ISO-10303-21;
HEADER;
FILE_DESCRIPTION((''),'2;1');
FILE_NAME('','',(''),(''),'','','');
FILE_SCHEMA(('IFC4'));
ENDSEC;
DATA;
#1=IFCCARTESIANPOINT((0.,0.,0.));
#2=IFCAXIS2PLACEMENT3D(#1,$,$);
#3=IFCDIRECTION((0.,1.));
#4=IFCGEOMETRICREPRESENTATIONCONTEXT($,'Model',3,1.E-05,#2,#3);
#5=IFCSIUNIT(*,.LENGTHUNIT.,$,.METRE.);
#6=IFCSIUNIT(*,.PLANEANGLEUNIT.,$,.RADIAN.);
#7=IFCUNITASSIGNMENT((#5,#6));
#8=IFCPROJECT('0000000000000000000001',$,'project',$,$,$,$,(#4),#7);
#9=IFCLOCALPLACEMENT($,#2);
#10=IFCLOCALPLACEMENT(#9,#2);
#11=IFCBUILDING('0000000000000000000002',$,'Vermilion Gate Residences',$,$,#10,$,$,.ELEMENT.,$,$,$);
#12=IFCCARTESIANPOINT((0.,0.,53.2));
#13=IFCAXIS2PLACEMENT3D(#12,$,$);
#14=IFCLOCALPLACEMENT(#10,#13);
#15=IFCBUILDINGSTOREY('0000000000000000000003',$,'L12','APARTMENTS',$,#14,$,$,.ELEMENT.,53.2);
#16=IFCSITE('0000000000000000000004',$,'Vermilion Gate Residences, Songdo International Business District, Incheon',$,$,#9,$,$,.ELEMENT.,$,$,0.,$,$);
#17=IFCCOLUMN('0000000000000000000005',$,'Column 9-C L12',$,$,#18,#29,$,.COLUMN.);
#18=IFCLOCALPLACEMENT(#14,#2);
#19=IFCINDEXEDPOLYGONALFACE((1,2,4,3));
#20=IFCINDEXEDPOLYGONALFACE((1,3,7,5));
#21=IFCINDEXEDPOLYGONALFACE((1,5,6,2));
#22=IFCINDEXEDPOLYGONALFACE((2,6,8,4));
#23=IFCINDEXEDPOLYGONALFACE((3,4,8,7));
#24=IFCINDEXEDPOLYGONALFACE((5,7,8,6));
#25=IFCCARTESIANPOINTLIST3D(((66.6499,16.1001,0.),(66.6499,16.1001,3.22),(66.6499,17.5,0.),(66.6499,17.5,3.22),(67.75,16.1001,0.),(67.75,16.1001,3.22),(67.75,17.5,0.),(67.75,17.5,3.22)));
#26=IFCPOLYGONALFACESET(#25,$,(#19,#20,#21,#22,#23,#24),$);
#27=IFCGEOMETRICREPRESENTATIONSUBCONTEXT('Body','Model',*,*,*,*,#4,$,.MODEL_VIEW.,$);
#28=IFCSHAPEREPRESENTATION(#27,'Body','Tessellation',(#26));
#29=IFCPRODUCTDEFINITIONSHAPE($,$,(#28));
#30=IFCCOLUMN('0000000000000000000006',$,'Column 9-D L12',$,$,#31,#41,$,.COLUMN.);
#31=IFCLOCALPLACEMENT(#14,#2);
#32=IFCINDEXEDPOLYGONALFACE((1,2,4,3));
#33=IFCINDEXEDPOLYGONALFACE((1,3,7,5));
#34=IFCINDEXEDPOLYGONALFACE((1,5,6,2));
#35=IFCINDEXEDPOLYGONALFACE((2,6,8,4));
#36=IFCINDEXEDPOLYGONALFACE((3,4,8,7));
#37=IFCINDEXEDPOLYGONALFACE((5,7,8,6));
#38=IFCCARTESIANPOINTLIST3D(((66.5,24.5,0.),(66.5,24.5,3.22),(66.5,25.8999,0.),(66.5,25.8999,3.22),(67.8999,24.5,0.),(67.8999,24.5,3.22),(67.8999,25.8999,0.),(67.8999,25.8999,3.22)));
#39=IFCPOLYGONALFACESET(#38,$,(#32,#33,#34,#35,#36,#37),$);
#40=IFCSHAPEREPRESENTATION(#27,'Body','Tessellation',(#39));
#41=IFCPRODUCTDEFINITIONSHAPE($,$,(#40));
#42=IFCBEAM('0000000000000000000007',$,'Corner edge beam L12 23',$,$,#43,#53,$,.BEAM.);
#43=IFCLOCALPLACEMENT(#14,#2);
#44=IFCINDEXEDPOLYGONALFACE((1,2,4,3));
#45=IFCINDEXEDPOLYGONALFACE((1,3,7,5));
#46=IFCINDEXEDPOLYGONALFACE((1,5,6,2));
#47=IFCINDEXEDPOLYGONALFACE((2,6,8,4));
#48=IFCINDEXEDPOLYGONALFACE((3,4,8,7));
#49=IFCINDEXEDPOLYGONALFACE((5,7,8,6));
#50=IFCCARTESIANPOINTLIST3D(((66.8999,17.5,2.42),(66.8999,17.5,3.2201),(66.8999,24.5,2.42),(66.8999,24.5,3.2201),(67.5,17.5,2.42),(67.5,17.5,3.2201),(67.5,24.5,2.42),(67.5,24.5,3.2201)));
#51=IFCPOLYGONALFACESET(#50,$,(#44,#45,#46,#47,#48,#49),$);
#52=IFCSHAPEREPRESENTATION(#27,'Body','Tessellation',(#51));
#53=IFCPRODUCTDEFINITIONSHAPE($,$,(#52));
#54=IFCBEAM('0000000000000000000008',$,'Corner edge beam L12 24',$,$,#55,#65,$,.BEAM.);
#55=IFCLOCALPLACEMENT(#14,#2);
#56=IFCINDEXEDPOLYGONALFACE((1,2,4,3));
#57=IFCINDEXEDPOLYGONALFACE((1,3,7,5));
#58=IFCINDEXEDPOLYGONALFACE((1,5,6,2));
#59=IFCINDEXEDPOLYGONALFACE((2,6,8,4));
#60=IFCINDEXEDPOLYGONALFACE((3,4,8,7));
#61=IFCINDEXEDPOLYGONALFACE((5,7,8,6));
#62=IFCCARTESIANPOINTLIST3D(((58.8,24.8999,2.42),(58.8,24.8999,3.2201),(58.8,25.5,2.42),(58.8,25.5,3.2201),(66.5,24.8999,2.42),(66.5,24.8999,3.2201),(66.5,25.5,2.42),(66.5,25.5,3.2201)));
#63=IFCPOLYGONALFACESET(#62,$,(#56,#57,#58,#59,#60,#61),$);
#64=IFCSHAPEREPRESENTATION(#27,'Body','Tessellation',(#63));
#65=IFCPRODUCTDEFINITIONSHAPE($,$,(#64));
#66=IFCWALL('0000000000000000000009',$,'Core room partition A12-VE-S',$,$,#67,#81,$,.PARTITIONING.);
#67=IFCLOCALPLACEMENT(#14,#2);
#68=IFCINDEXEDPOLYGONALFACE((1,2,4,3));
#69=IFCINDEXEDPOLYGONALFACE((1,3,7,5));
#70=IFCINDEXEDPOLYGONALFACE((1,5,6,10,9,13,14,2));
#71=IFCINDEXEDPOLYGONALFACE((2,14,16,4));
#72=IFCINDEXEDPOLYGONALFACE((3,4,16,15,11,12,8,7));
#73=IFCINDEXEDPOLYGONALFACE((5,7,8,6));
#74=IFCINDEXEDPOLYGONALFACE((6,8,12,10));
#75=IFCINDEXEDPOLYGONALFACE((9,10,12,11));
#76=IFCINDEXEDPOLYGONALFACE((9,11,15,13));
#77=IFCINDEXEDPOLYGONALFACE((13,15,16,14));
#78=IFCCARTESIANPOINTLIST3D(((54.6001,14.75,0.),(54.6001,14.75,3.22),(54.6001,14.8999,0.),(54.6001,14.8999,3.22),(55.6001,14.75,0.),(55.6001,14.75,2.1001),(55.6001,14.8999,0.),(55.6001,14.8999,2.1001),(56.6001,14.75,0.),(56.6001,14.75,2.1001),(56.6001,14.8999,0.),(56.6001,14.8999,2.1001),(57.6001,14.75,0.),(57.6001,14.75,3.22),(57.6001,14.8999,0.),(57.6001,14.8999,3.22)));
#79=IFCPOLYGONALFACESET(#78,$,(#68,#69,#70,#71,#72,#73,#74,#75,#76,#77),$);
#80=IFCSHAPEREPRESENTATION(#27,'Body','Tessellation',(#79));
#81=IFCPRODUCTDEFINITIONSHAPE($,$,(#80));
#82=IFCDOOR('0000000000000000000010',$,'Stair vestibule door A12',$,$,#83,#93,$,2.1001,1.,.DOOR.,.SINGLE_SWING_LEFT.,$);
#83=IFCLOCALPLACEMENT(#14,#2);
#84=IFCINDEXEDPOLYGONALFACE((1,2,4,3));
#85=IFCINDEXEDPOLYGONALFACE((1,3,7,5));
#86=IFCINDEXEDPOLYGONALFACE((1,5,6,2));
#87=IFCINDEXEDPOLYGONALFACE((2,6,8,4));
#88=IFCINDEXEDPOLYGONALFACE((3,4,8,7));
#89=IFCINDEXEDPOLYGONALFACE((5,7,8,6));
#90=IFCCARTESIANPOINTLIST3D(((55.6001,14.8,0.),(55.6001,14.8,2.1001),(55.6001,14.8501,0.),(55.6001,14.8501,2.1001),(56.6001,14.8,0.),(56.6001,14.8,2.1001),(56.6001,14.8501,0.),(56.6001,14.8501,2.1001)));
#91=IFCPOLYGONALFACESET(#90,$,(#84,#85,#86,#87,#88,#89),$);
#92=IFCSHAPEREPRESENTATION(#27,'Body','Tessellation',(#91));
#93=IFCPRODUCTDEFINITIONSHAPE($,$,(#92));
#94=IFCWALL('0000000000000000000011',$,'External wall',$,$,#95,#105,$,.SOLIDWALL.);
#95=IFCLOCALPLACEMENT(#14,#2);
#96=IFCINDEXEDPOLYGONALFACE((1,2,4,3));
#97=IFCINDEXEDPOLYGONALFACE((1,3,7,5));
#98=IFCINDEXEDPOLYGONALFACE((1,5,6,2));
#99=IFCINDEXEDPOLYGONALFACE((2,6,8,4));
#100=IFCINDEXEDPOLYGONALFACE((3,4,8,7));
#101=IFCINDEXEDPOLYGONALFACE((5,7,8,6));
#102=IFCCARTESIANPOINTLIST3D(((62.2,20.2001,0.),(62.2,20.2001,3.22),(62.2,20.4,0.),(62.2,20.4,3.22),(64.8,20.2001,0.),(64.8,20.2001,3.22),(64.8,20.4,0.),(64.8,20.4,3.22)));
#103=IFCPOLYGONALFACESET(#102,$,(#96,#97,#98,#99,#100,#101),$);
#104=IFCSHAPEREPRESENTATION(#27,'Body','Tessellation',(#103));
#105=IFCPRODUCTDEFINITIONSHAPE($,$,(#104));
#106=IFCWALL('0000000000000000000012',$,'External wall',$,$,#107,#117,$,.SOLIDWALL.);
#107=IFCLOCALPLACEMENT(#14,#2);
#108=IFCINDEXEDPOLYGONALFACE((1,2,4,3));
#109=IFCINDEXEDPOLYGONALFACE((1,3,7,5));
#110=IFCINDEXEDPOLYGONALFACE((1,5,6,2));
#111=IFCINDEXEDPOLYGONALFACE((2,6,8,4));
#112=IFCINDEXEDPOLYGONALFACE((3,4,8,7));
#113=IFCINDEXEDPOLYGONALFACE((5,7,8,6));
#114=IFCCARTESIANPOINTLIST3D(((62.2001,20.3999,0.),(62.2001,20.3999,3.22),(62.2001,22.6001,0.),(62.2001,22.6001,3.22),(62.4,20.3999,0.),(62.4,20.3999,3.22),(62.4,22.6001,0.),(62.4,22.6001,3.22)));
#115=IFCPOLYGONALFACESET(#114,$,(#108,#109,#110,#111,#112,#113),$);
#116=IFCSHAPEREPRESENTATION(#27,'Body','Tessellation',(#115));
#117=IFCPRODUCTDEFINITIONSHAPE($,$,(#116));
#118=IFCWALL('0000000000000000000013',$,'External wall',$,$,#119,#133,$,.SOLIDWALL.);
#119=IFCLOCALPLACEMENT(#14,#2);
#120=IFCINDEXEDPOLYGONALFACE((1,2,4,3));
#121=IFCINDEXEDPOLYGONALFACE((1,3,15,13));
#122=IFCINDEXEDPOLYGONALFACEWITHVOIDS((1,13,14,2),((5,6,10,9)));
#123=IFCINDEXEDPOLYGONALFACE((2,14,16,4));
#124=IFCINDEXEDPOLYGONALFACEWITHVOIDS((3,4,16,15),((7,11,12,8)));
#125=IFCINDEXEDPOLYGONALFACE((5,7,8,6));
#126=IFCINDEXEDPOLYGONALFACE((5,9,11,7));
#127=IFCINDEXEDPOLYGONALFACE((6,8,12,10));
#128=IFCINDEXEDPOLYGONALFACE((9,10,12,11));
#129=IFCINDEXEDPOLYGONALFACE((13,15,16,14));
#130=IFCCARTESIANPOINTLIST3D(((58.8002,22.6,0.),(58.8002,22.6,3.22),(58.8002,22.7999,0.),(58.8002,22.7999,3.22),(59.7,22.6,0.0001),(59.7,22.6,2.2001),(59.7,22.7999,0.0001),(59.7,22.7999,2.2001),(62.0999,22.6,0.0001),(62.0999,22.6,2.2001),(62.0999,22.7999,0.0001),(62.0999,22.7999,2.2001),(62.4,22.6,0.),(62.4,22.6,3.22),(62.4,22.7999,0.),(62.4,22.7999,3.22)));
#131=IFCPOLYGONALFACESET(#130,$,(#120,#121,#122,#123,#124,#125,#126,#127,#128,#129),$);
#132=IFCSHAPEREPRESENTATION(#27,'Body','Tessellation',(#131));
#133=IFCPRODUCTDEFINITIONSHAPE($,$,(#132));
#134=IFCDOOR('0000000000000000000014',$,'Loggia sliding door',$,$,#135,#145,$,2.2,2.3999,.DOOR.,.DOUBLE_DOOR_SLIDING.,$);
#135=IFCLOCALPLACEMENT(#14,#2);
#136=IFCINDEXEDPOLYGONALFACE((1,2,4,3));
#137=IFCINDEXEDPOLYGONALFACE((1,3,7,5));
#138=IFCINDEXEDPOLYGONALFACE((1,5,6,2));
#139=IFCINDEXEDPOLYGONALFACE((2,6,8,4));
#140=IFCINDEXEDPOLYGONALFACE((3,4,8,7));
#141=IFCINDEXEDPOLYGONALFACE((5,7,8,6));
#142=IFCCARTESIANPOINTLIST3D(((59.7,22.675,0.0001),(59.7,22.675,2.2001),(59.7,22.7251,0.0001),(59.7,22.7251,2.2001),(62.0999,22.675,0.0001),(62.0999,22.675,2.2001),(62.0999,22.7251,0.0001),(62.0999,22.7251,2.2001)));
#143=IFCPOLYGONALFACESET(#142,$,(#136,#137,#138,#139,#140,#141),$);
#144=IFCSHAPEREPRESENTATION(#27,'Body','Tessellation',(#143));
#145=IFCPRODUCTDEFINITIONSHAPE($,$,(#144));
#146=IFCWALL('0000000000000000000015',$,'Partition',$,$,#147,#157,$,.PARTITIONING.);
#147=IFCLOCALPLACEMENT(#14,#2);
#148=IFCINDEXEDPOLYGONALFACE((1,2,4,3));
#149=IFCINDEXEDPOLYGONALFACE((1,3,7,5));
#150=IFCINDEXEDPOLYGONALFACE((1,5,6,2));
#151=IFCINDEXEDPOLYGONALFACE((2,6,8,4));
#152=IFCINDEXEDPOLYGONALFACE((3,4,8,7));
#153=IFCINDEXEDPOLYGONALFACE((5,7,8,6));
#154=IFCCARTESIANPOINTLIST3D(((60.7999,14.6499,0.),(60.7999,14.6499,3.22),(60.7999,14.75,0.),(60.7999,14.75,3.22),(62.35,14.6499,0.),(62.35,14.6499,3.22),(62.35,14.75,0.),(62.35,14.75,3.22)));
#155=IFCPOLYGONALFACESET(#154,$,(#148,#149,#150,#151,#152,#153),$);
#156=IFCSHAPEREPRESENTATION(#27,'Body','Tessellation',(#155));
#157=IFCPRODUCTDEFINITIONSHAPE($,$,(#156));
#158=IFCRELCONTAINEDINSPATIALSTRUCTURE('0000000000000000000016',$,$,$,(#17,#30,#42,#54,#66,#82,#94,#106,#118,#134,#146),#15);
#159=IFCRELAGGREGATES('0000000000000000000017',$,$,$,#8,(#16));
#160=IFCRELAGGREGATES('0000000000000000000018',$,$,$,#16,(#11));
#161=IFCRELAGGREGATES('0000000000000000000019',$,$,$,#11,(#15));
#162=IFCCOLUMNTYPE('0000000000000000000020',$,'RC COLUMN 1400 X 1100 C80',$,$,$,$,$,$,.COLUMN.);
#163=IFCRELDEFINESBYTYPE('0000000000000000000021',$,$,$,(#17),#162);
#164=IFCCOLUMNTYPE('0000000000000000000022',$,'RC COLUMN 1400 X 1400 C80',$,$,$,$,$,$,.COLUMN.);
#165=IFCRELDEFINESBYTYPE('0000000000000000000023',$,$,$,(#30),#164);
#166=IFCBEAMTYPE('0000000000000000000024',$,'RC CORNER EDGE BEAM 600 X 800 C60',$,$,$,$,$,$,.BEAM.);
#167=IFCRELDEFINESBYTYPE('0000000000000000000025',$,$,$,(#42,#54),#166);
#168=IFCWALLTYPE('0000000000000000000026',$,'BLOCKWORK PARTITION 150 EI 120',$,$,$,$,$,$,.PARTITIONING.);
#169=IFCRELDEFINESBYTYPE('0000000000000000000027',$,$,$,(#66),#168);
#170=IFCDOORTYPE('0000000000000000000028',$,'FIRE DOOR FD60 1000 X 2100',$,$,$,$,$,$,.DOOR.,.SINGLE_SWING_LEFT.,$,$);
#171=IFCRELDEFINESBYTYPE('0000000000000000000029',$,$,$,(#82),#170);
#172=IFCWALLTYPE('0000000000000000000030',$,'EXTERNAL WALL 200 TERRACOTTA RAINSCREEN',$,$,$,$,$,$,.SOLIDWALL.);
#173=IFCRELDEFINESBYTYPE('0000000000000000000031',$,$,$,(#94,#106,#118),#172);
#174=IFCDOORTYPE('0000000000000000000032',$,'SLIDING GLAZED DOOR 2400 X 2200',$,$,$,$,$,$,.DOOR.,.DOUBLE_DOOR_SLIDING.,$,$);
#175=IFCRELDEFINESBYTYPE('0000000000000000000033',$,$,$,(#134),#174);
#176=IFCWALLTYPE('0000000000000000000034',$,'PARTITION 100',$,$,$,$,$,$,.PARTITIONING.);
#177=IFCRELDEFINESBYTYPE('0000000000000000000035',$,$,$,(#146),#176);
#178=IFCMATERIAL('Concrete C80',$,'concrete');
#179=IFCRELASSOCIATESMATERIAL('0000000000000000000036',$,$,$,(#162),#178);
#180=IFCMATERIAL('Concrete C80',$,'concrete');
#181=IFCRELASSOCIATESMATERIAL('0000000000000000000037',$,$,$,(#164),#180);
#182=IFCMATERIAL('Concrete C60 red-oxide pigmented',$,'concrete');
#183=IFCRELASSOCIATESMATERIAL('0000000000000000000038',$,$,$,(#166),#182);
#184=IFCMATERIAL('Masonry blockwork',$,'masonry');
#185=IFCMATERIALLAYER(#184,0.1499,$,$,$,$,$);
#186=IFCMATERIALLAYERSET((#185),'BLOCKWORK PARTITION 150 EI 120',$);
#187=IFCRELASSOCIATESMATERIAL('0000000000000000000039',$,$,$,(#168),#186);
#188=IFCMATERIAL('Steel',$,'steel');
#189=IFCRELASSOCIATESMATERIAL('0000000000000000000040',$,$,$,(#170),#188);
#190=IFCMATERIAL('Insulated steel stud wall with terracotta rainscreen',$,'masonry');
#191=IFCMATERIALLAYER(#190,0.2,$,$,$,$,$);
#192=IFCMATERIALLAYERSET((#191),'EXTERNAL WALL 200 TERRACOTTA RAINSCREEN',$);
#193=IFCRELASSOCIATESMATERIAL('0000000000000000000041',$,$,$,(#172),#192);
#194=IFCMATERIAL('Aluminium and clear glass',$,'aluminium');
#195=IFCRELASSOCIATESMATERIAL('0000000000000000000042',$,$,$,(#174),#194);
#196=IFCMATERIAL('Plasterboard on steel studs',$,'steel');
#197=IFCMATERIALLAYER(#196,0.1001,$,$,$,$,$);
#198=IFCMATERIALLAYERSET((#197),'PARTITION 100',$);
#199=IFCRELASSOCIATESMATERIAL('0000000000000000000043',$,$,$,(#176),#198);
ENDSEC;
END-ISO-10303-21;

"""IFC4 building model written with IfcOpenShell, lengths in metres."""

from ifc_helpers import new_model, si_unit, direction, frame, frame_2d, origin, origin_2d, place, context, subcontext, project, spatial, rectangle, extrude, material, layer, layer_set, material_profile, profile_set, type_object, element, fill, save


model = new_model("IFC4")

# Units and contexts
model_context = context("Model", 3, precision=1e-05, world=origin(), true_north=direction((0.0, 1.0)))
body_context = subcontext(model_context, "Body", "Model", "MODEL_VIEW")
ifc_project = project(units=[si_unit("LENGTHUNIT", "METRE"), si_unit("PLANEANGLEUNIT", "RADIAN")], contexts=[model_context])

# Site, building, storey
site_placement = place(None, origin())
site = spatial("IfcSite", under=ifc_project, at=site_placement, Name="Vermilion Gate Residences, Songdo International Business District, Incheon", CompositionType="ELEMENT", RefElevation=0.0)
building_placement = place(site_placement, origin())
building = spatial("IfcBuilding", under=site, at=building_placement, Name="Vermilion Gate Residences", CompositionType="ELEMENT")
storey_placement = place(building_placement, frame((0.0, 0.0, 53.2)))
storey = spatial("IfcBuildingStorey", under=building, at=storey_placement, Name="L12", Description="APARTMENTS", CompositionType="ELEMENT", Elevation=53.2)

# Columns
ifc_material_1 = material(Name="Concrete C80", Category="concrete")
ifc_material_profile_1 = material_profile(ifc_material_1, rectangle(XDim=1.3999, YDim=1.1001, at=origin_2d()), Name="RC-1400x1100")
ifc_profile_set_1 = profile_set([ifc_material_profile_1], Name="Concrete C80")
column_type_1 = type_object("IfcColumnType", Name="RC COLUMN 1400 X 1100 C80", PredefinedType="COLUMN", material=ifc_profile_set_1)
column_1_placement = place(storey_placement, frame((67.2, 16.8, 0.0), z_axis=(0.0, 0.0, 1.0), x_axis=(0.0, 1.0, 0.0)))
element("IfcColumn", 1, at=column_1_placement, inside=storey, type_object=column_type_1, Name="Column 9-C L12", PredefinedType="COLUMN", context=body_context, shape_type="SweptSolid", body=[
    extrude(rectangle(XDim=1.3999, YDim=1.1001, at=origin_2d()), origin(), (0.0, 0.0, 1.0), 3.22),
])
ifc_material_2 = material(Name="Concrete C80", Category="concrete")
ifc_material_profile_2 = material_profile(ifc_material_2, rectangle(XDim=1.3999, YDim=1.3999, at=origin_2d()), Name="RC-1400x1400")
ifc_profile_set_2 = profile_set([ifc_material_profile_2], Name="Concrete C80")
column_type_2 = type_object("IfcColumnType", Name="RC COLUMN 1400 X 1400 C80", PredefinedType="COLUMN", material=ifc_profile_set_2)
column_2_placement = place(storey_placement, frame((67.2, 25.2, 0.0), z_axis=(0.0, 0.0, 1.0), x_axis=(1.0, 0.0, 0.0)))
element("IfcColumn", 2, at=column_2_placement, inside=storey, type_object=column_type_2, Name="Column 9-D L12", PredefinedType="COLUMN", context=body_context, shape_type="SweptSolid", body=[
    extrude(rectangle(XDim=1.3999, YDim=1.3999, at=origin_2d()), origin(), (0.0, 0.0, 1.0), 3.22),
])

# Beams
ifc_material_3 = material(Name="Concrete C60 red-oxide pigmented", Category="concrete")
ifc_material_profile_3 = material_profile(ifc_material_3, rectangle(XDim=0.6001, YDim=0.8, at=origin_2d()), Name="RC-600x800")
ifc_profile_set_3 = profile_set([ifc_material_profile_3], Name="Concrete C60 red-oxide pigmented")
beam_type = type_object("IfcBeamType", Name="RC CORNER EDGE BEAM 600 X 800 C60", PredefinedType="BEAM", material=ifc_profile_set_3)
beam_1_placement = place(storey_placement, frame((67.2, 17.5, 2.8201), z_axis=(0.0, 1.0, 0.0), x_axis=(-1.0, 0.0, 0.0)))
element("IfcBeam", 3, at=beam_1_placement, inside=storey, type_object=beam_type, Name="Corner edge beam L12 23", PredefinedType="BEAM", context=body_context, shape_type="SweptSolid", body=[
    extrude(rectangle(XDim=0.6001, YDim=0.8, at=origin_2d()), origin(), (0.0, 0.0, 1.0), 7.0),
])
beam_2_placement = place(storey_placement, frame((58.8, 25.2, 2.8201), z_axis=(1.0, 0.0, 0.0), x_axis=(0.0, 1.0, 0.0)))
element("IfcBeam", 4, at=beam_2_placement, inside=storey, type_object=beam_type, Name="Corner edge beam L12 24", PredefinedType="BEAM", context=body_context, shape_type="SweptSolid", body=[
    extrude(rectangle(XDim=0.6001, YDim=0.8, at=origin_2d()), origin(), (0.0, 0.0, 1.0), 7.7),
])

# Wall, opening, door
ifc_material_4 = material(Name="Masonry blockwork", Category="masonry")
ifc_layer_1 = layer(ifc_material_4, 0.1499)
ifc_layer_set_1 = layer_set([ifc_layer_1], Name="BLOCKWORK PARTITION 150 EI 120")
wall_type_1 = type_object("IfcWallType", Name="BLOCKWORK PARTITION 150 EI 120", PredefinedType="PARTITIONING", material=ifc_layer_set_1)
wall_1_placement = place(storey_placement, frame((54.6001, 14.825, 0.0), z_axis=(0.0, 0.0, 1.0), x_axis=(1.0, 0.0, 0.0)))
wall_1 = element("IfcWall", 5, at=wall_1_placement, inside=storey, type_object=wall_type_1, Name="Core room partition A12-VE-S", PredefinedType="PARTITIONING", context=body_context, shape_type="SweptSolid", body=[
    extrude(rectangle(XDim=3.0, YDim=0.1499, at=frame_2d((1.5, 0.0))), origin(), (0.0, 0.0, 1.0), 3.22),
])
opening_1_placement = place(wall_1_placement, frame((1.0, 0.0, 0.0)))
opening_1 = element("IfcOpeningElement", 6, at=opening_1_placement, cuts=wall_1, PredefinedType="OPENING", context=body_context, shape_type="SweptSolid", body=[
    extrude(rectangle(XDim=1.0, YDim=2.1001, at=frame_2d((0.5, 1.05))), frame((0.0, 0.085, 0.0), z_axis=(0.0, -1.0, 0.0), x_axis=(1.0, 0.0, 0.0)), (0.0, 0.0, 1.0), 0.1699),
])
ifc_material_5 = material(Name="Steel", Category="steel")
door_type_1 = type_object("IfcDoorType", Name="FIRE DOOR FD60 1000 X 2100", OperationType="SINGLE_SWING_LEFT", PredefinedType="DOOR", material=ifc_material_5)
door_1_placement = place(opening_1_placement, frame((1.0, 0.0, 0.0), z_axis=(0.0, 0.0, 1.0), x_axis=(-1.0, 0.0, 0.0)))
door_1 = element("IfcDoor", 7, at=door_1_placement, inside=storey, type_object=door_type_1, Name="Stair vestibule door A12", OperationType="SINGLE_SWING_LEFT", OverallHeight=2.1001, OverallWidth=1.0, PredefinedType="DOOR", context=body_context, shape_type="SweptSolid", body=[
    extrude(rectangle(XDim=1.0, YDim=2.1001, at=frame_2d((0.5, 1.05))), frame((0.0, 0.0249, 0.0), z_axis=(0.0, -1.0, 0.0), x_axis=(1.0, 0.0, 0.0)), (0.0, 0.0, 1.0), 0.05),
])
fill(opening_1, door_1)

# Walls
ifc_material_6 = material(Name="Insulated steel stud wall with terracotta rainscreen", Category="masonry")
ifc_layer_2 = layer(ifc_material_6, 0.2)
ifc_layer_set_2 = layer_set([ifc_layer_2], Name="EXTERNAL WALL 200 TERRACOTTA RAINSCREEN")
wall_type_2 = type_object("IfcWallType", Name="EXTERNAL WALL 200 TERRACOTTA RAINSCREEN", PredefinedType="SOLIDWALL", material=ifc_layer_set_2)
wall_2_placement = place(storey_placement, frame((64.8, 20.3, 0.0), z_axis=(0.0, 0.0, 1.0), x_axis=(-1.0, 0.0, 0.0)))
element("IfcWall", 8, at=wall_2_placement, inside=storey, type_object=wall_type_2, Name="External wall", PredefinedType="SOLIDWALL", context=body_context, shape_type="SweptSolid", body=[
    extrude(rectangle(XDim=2.6001, YDim=0.2, at=frame_2d((1.3, 0.0))), origin(), (0.0, 0.0, 1.0), 3.22),
])
wall_3_placement = place(storey_placement, frame((62.3, 20.3999, 0.0), z_axis=(0.0, 0.0, 1.0), x_axis=(0.0, 1.0, 0.0)))
element("IfcWall", 9, at=wall_3_placement, inside=storey, type_object=wall_type_2, Name="External wall", PredefinedType="SOLIDWALL", context=body_context, shape_type="SweptSolid", body=[
    extrude(rectangle(XDim=2.2002, YDim=0.2, at=frame_2d((1.1001, 0.0))), origin(), (0.0, 0.0, 1.0), 3.22),
])

# Wall, opening, door
wall_4_placement = place(storey_placement, frame((62.3999, 22.7, 0.0), z_axis=(0.0, 0.0, 1.0), x_axis=(-1.0, 0.0, 0.0)))
wall_4 = element("IfcWall", 10, at=wall_4_placement, inside=storey, type_object=wall_type_2, Name="External wall", PredefinedType="SOLIDWALL", context=body_context, shape_type="SweptSolid", body=[
    extrude(rectangle(XDim=3.5999, YDim=0.2, at=frame_2d((1.7998, 0.0))), origin(), (0.0, 0.0, 1.0), 3.22),
])
opening_2_placement = place(wall_4_placement, frame((0.3, 0.0, 0.0)))
opening_2 = element("IfcOpeningElement", 11, at=opening_2_placement, cuts=wall_4, PredefinedType="OPENING", context=body_context, shape_type="SweptSolid", body=[
    extrude(rectangle(XDim=2.3999, YDim=2.2, at=frame_2d((1.2, 1.1001))), frame((0.0, 0.1099, 0.0), z_axis=(0.0, -1.0, 0.0), x_axis=(1.0, 0.0, 0.0)), (0.0, 0.0, 1.0), 0.22),
])
ifc_material_7 = material(Name="Aluminium and clear glass", Category="aluminium")
door_type_2 = type_object("IfcDoorType", Name="SLIDING GLAZED DOOR 2400 X 2200", OperationType="DOUBLE_DOOR_SLIDING", PredefinedType="DOOR", material=ifc_material_7)
door_2_placement = place(opening_2_placement, origin())
door_2 = element("IfcDoor", 12, at=door_2_placement, inside=storey, type_object=door_type_2, Name="Loggia sliding door", OperationType="DOUBLE_DOOR_SLIDING", OverallHeight=2.2, OverallWidth=2.3999, PredefinedType="DOOR", context=body_context, shape_type="SweptSolid", body=[
    extrude(rectangle(XDim=2.3999, YDim=2.2, at=frame_2d((1.2, 1.1001))), frame((0.0, 0.0249, 0.0), z_axis=(0.0, -1.0, 0.0), x_axis=(1.0, 0.0, 0.0)), (0.0, 0.0, 1.0), 0.05),
])
fill(opening_2, door_2)

# Wall
ifc_material_8 = material(Name="Plasterboard on steel studs", Category="steel")
ifc_layer_3 = layer(ifc_material_8, 0.1001)
ifc_layer_set_3 = layer_set([ifc_layer_3], Name="PARTITION 100")
wall_type_3 = type_object("IfcWallType", Name="PARTITION 100", PredefinedType="PARTITIONING", material=ifc_layer_set_3)
wall_5_placement = place(storey_placement, frame((60.8, 14.7, 0.0), z_axis=(0.0, 0.0, 1.0), x_axis=(1.0, 0.0, 0.0)))
element("IfcWall", 13, at=wall_5_placement, inside=storey, type_object=wall_type_3, Name="Partition", PredefinedType="PARTITIONING", context=body_context, shape_type="SweptSolid", body=[
    extrude(rectangle(XDim=1.55, YDim=0.1001, at=frame_2d((0.7749, 0.0))), origin(), (0.0, 0.0, 1.0), 3.22),
])

save(model, "model.ifc")
